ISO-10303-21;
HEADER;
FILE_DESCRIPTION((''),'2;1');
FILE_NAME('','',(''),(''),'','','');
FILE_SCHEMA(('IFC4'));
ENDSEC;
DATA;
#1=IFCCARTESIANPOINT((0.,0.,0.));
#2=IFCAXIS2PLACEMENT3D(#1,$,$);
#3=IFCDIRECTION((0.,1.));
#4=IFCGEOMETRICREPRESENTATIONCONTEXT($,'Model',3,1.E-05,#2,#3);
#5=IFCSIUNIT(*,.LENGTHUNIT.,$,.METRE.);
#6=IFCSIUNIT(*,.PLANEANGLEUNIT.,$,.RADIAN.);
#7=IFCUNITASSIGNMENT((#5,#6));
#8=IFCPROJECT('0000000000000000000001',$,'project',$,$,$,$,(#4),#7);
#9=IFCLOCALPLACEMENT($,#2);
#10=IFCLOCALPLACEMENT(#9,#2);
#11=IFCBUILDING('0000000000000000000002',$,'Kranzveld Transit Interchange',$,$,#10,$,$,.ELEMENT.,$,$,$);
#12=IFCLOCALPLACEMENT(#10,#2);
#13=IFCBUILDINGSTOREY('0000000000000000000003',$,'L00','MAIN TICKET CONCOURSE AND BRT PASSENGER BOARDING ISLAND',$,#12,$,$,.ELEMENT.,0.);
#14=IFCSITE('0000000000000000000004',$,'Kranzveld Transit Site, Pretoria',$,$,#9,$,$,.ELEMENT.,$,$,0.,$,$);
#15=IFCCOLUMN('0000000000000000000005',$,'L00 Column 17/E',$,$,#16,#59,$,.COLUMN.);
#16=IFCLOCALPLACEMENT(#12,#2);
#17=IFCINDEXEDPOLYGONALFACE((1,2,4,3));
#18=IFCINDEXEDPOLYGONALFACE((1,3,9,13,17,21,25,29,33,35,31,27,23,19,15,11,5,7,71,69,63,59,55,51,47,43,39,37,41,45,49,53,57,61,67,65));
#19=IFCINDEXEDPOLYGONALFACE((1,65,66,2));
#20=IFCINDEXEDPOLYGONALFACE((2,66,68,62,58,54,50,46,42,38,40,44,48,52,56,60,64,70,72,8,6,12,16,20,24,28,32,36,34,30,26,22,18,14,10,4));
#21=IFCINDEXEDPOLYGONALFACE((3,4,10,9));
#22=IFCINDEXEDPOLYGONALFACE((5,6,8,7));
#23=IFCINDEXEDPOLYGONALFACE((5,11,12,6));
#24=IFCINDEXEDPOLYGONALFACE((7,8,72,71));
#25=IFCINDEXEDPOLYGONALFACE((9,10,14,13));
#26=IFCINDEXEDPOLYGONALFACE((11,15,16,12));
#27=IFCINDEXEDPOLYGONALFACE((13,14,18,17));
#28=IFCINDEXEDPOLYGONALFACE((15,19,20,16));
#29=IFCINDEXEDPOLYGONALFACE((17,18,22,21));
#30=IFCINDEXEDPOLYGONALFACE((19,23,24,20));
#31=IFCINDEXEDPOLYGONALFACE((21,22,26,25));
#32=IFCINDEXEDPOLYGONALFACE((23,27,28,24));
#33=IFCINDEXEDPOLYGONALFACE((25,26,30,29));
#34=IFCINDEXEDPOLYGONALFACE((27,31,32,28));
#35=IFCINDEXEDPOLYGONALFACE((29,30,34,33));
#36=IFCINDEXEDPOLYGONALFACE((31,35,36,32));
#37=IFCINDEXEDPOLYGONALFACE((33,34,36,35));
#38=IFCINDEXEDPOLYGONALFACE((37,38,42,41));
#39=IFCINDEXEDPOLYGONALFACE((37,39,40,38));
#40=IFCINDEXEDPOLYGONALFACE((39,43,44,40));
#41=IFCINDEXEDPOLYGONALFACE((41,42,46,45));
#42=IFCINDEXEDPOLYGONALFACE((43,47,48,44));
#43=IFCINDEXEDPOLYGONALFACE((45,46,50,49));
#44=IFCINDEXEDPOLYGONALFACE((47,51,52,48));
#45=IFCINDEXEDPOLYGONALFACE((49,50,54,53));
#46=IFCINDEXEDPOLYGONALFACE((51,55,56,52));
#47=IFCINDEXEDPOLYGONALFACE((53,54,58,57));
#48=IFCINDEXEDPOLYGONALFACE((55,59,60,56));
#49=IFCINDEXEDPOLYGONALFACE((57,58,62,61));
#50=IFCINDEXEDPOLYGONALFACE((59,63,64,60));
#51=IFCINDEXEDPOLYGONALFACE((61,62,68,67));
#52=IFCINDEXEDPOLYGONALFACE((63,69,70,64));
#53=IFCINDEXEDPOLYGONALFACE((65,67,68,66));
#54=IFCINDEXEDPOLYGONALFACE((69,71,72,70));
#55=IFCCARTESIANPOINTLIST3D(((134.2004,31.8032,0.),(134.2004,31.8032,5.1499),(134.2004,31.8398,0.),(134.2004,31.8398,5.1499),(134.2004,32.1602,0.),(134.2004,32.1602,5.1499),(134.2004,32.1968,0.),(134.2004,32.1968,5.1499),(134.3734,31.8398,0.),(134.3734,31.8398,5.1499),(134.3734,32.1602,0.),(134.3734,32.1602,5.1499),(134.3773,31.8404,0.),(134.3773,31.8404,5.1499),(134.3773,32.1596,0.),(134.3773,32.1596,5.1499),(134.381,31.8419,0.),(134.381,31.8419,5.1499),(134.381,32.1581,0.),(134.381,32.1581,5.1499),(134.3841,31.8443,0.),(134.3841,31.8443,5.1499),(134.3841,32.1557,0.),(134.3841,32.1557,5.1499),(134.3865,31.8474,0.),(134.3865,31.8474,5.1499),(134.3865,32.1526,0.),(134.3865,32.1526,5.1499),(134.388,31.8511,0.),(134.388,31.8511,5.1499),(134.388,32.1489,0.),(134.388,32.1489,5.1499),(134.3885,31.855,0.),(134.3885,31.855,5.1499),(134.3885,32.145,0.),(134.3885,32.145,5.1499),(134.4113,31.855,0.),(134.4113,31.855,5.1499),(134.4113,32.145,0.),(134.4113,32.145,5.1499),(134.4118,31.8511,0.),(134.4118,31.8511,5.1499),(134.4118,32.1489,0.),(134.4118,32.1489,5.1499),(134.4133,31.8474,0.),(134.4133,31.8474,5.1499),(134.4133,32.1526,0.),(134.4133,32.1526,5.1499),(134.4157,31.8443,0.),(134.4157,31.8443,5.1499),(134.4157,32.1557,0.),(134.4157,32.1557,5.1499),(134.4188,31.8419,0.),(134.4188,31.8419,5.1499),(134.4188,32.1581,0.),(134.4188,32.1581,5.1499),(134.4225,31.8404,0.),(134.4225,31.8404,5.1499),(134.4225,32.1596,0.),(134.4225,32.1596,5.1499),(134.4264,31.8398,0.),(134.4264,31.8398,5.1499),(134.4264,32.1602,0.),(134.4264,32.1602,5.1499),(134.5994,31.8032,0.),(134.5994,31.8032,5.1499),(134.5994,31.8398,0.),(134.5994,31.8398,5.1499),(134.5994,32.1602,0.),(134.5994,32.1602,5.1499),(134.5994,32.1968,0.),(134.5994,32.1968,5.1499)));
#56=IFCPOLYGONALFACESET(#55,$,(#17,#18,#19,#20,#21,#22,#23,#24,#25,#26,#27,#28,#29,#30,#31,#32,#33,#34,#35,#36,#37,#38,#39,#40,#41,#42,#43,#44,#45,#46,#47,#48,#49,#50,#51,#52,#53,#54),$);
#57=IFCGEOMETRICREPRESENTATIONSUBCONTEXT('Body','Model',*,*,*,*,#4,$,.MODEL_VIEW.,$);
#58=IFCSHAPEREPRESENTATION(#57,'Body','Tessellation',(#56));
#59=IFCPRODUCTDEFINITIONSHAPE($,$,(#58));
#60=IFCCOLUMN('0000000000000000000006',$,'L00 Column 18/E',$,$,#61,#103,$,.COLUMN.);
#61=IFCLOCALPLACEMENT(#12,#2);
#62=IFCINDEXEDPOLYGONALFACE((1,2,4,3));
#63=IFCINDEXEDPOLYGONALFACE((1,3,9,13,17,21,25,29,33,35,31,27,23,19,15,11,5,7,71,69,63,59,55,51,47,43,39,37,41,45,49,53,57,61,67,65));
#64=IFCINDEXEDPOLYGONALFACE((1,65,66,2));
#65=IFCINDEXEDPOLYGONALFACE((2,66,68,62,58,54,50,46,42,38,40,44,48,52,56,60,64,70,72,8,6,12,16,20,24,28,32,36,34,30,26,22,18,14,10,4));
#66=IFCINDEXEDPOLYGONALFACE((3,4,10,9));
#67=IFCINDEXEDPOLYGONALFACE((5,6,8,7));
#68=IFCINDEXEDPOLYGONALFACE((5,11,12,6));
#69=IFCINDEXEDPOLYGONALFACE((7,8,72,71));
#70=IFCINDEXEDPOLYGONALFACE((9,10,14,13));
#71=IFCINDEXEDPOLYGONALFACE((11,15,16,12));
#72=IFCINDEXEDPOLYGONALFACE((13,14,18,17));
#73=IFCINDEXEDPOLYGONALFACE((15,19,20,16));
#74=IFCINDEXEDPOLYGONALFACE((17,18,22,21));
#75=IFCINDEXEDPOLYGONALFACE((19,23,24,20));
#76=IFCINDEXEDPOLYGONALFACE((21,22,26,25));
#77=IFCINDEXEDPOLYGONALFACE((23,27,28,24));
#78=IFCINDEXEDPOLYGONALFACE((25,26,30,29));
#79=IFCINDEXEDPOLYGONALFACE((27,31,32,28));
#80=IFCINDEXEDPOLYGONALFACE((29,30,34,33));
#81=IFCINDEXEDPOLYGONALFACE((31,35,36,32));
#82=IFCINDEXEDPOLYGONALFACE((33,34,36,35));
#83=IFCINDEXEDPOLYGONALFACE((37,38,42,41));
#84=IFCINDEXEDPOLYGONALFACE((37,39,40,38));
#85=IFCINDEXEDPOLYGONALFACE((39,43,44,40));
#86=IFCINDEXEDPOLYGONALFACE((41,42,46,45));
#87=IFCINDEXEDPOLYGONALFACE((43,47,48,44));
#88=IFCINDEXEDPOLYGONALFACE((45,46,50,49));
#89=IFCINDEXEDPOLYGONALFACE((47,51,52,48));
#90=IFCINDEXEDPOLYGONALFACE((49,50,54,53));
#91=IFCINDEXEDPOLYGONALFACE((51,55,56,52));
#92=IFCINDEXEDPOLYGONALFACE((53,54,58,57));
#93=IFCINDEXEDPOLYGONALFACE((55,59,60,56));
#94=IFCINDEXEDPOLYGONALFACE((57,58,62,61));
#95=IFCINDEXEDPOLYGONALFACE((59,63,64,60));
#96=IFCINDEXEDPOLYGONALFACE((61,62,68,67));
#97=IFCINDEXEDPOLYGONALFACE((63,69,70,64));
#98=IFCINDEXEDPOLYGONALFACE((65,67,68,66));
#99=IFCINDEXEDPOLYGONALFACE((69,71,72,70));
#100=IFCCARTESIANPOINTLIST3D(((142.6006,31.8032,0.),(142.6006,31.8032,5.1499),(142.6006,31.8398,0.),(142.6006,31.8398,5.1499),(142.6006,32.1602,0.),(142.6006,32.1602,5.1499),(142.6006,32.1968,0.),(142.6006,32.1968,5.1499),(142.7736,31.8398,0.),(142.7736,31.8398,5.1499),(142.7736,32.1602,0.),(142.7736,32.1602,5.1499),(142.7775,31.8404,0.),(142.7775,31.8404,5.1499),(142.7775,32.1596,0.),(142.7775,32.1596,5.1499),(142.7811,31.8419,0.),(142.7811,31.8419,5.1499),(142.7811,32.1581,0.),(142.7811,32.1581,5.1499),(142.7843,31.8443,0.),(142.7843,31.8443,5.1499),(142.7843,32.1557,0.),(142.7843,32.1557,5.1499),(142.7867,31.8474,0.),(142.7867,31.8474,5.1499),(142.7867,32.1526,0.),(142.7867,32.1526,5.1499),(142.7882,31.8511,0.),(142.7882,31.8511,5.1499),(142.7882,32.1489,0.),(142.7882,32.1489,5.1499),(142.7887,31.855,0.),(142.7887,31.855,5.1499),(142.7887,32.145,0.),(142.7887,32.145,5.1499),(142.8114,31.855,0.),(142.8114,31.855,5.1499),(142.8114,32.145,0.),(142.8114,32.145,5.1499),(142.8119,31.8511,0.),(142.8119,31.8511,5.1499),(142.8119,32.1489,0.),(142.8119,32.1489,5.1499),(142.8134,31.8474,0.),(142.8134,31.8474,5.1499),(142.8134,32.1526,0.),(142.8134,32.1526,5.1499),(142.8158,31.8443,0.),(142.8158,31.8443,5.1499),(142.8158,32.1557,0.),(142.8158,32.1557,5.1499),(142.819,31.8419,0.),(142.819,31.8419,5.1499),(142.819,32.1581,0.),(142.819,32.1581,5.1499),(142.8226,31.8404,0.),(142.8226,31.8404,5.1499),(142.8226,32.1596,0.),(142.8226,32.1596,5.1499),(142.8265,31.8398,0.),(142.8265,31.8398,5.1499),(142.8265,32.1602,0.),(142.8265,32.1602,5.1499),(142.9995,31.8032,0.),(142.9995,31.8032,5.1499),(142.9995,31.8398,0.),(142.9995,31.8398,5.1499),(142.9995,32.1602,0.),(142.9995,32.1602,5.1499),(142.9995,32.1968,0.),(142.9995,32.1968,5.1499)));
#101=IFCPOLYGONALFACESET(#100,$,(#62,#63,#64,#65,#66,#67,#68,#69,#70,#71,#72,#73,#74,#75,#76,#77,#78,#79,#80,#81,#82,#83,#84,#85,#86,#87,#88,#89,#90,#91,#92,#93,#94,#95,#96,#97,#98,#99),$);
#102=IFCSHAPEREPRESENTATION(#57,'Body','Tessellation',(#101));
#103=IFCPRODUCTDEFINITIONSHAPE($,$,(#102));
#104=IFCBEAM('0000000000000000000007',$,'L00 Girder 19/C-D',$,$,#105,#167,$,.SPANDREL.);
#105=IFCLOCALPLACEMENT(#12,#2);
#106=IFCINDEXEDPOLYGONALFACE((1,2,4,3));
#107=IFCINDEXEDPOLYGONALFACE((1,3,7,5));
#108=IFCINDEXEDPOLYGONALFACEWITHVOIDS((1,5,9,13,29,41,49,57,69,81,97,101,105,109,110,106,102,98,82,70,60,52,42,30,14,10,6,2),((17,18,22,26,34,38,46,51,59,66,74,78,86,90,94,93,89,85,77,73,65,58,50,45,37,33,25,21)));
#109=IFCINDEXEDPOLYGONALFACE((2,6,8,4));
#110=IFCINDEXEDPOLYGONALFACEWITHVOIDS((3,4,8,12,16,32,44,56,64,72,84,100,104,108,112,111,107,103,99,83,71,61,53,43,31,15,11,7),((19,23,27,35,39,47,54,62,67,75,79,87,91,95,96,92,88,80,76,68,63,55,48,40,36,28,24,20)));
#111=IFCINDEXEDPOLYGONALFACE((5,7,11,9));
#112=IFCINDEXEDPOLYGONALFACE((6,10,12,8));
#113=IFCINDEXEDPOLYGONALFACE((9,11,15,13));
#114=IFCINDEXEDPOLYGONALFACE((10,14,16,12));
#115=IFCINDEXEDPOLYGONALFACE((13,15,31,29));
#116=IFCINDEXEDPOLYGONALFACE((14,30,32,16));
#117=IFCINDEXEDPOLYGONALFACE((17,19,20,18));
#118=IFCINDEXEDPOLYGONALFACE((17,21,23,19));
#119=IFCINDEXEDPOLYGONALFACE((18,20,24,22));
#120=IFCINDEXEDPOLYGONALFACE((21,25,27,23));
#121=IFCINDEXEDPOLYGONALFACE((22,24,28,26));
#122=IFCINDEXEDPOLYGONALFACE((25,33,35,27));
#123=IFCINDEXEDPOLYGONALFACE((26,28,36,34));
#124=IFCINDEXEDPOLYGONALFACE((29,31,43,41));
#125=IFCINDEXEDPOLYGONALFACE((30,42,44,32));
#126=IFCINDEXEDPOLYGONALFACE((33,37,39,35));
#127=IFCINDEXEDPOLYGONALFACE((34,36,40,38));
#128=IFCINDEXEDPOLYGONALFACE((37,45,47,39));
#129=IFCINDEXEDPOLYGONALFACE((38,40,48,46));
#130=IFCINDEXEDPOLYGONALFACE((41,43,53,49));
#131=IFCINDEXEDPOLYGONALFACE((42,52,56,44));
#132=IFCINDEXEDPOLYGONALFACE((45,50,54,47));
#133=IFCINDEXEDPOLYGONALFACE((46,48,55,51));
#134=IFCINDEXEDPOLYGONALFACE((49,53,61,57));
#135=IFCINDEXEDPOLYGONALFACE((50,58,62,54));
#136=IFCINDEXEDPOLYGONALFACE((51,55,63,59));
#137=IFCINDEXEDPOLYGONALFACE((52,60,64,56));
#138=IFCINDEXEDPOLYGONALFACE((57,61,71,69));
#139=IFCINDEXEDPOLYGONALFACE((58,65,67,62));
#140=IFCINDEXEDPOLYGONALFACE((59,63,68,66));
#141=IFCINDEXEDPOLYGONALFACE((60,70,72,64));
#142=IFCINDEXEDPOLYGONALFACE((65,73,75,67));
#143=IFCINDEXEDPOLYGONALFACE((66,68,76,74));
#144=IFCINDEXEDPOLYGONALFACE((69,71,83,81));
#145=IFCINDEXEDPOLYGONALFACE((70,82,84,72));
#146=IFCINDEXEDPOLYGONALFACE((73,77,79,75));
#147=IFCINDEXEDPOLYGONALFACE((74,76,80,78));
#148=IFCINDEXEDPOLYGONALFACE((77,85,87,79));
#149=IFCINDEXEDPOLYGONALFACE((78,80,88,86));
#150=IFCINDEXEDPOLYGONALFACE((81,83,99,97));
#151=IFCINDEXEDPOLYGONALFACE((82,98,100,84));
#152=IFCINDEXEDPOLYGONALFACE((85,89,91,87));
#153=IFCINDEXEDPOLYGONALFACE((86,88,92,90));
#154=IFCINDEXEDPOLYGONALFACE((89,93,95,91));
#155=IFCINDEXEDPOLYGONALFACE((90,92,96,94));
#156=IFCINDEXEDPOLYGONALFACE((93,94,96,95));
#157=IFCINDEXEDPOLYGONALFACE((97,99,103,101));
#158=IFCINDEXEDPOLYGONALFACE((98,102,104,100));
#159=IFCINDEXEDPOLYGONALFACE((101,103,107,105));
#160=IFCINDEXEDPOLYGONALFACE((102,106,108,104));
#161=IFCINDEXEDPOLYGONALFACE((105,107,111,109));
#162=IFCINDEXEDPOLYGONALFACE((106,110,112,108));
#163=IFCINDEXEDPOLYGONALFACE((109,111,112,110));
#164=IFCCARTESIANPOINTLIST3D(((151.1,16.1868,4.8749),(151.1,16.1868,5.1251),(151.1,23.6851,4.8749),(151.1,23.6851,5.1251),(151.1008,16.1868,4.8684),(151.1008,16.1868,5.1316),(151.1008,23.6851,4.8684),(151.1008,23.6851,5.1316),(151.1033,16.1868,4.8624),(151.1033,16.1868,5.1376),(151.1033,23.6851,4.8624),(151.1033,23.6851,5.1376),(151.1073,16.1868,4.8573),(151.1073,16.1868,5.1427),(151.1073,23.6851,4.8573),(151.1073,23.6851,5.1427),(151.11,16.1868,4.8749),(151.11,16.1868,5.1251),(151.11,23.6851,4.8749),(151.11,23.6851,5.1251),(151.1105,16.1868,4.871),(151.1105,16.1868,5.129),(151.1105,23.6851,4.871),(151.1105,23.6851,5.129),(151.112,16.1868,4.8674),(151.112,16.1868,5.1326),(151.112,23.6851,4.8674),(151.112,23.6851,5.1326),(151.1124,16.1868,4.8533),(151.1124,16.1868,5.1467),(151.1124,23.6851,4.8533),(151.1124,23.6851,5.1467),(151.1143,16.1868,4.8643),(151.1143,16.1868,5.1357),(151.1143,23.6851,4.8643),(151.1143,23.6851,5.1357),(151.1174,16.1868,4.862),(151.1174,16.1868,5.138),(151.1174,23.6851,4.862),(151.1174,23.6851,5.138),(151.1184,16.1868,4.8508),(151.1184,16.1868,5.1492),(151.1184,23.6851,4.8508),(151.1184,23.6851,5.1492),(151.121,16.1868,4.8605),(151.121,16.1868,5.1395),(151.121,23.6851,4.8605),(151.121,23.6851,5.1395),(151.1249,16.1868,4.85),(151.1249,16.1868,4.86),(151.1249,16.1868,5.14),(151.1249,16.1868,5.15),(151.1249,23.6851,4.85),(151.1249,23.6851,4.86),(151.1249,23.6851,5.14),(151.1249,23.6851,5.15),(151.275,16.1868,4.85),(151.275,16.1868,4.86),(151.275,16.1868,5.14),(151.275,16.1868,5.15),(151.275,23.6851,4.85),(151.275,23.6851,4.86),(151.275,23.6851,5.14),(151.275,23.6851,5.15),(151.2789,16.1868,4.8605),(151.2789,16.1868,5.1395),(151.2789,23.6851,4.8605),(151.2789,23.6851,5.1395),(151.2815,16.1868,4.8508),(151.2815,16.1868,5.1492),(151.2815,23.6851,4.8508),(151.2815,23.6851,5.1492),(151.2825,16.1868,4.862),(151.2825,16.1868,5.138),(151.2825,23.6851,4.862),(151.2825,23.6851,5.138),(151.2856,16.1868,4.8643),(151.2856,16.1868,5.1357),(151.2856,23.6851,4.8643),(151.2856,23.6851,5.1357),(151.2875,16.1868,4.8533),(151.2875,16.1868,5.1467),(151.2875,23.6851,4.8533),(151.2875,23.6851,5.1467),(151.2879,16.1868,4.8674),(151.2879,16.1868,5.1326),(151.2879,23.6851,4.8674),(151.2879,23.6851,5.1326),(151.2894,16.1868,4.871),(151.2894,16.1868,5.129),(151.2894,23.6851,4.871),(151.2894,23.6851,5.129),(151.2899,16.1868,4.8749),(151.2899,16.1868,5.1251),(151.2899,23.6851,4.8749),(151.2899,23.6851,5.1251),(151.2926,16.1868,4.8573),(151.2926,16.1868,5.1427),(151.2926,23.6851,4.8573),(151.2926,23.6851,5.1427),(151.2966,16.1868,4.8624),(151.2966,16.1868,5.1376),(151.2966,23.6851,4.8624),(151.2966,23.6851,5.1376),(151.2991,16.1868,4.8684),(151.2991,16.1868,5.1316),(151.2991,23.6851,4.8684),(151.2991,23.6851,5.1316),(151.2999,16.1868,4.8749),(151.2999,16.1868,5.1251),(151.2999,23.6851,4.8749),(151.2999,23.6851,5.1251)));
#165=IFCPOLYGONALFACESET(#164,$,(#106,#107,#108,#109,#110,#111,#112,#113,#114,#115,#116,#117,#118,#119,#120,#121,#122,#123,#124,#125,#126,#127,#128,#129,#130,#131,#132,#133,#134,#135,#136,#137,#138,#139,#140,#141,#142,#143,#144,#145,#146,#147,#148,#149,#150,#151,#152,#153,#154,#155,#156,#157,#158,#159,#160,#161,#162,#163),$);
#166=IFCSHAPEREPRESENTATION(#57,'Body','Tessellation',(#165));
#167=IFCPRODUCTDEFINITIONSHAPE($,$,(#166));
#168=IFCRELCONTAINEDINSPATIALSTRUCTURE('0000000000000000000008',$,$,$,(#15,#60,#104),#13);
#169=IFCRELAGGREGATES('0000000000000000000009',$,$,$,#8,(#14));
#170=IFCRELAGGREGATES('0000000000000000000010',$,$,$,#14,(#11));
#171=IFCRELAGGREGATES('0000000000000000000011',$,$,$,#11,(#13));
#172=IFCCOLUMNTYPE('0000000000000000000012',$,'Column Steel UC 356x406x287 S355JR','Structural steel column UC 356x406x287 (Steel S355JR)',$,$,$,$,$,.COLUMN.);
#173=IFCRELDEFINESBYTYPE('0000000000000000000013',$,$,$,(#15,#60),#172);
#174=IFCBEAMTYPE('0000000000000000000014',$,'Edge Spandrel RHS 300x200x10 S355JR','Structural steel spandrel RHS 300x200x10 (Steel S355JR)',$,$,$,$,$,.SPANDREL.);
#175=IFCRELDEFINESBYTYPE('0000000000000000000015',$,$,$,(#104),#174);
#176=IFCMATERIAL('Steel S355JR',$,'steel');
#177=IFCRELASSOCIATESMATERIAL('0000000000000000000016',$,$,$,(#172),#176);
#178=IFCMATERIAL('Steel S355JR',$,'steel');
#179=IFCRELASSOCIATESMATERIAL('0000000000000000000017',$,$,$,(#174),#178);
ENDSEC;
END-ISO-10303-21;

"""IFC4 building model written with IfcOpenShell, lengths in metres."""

from ifc_helpers import new_model, si_unit, direction, frame, origin, origin_2d, place, context, subcontext, project, spatial, hollow_rectangle, i_section, extrude, material, material_profile, profile_set, type_object, element, save


model = new_model("IFC4")

# Units and contexts
model_context = context("Model", 3, precision=1e-05, world=origin(), true_north=direction((0.0, 1.0)))
body_context = subcontext(model_context, "Body", "Model", "MODEL_VIEW")
ifc_project = project(units=[si_unit("LENGTHUNIT", "METRE"), si_unit("PLANEANGLEUNIT", "RADIAN")], contexts=[model_context])

# Site, building, storey
site_placement = place(None, origin())
site = spatial("IfcSite", under=ifc_project, at=site_placement, Name="Kranzveld Transit Site, Pretoria", CompositionType="ELEMENT", RefElevation=0.0)
building_placement = place(site_placement, origin())
building = spatial("IfcBuilding", under=site, at=building_placement, Name="Kranzveld Transit Interchange", CompositionType="ELEMENT")
storey_placement = place(building_placement, origin())
storey = spatial("IfcBuildingStorey", under=building, at=storey_placement, Name="L00", Description="MAIN TICKET CONCOURSE AND BRT PASSENGER BOARDING ISLAND", CompositionType="ELEMENT", Elevation=0.0)

# Columns
ifc_material_1 = material(Name="Steel S355JR", Category="steel")
ifc_material_profile_1 = material_profile(ifc_material_1, i_section(OverallWidth=0.3989, OverallDepth=0.3936, WebThickness=0.0227, FlangeThickness=0.0366, FilletRadius=0.0151, at=origin_2d()), Name="UC 356x406x287")
ifc_profile_set_1 = profile_set([ifc_material_profile_1], Name="Steel S355JR")
column_type_1 = type_object("IfcColumnType", Name="Column Steel UC 356x406x287 S355JR", Description="Structural steel column UC 356x406x287 (Steel S355JR)", PredefinedType="COLUMN", material=ifc_profile_set_1)
for number, where, z_axis, x_axis, name in (
    (1, (134.3999, 32.0, 0.0), (0.0, 0.0, 1.0), (1.0, 0.0, 0.0), "L00 Column 17/E"),
    (2, (142.8, 32.0, 0.0), (0.0, 0.0, 1.0), (1.0, 0.0, 0.0), "L00 Column 18/E"),
):
    element("IfcColumn", number, at=place(storey_placement, frame(where, z_axis=z_axis, x_axis=x_axis)), inside=storey, type_object=column_type_1, Name=name, PredefinedType="COLUMN", context=body_context, shape_type="SweptSolid", body=[
        extrude(i_section(OverallWidth=0.3989, OverallDepth=0.3936, WebThickness=0.0227, FlangeThickness=0.0366, FilletRadius=0.0151, at=origin_2d()), origin(), (0.0, 0.0, 1.0), 5.1499),
    ])

# Beam
ifc_material_2 = material(Name="Steel S355JR", Category="steel")
ifc_material_profile_2 = material_profile(ifc_material_2, hollow_rectangle(XDim=0.2, YDim=0.3, WallThickness=0.01, InnerFilletRadius=0.0149, OuterFilletRadius=0.0249, at=origin_2d()), Name="RHS 300x200x10")
ifc_profile_set_2 = profile_set([ifc_material_profile_2], Name="Steel S355JR")
beam_type_1 = type_object("IfcBeamType", Name="Edge Spandrel RHS 300x200x10 S355JR", Description="Structural steel spandrel RHS 300x200x10 (Steel S355JR)", PredefinedType="SPANDREL", material=ifc_profile_set_2)
for number, where, z_axis, x_axis, name in (
    (3, (151.2, 16.1868, 5.0), (0.0, 1.0, 0.0), (-1.0, 0.0, 0.0), "L00 Girder 19/C-D"),
):
    element("IfcBeam", number, at=place(storey_placement, frame(where, z_axis=z_axis, x_axis=x_axis)), inside=storey, type_object=beam_type_1, Name=name, PredefinedType="SPANDREL", context=body_context, shape_type="SweptSolid", body=[
        extrude(hollow_rectangle(XDim=0.2, YDim=0.3, WallThickness=0.01, InnerFilletRadius=0.0149, OuterFilletRadius=0.0249, at=origin_2d()), origin(), (0.0, 0.0, 1.0), 7.4983),
    ])

save(model, "model.ifc")
